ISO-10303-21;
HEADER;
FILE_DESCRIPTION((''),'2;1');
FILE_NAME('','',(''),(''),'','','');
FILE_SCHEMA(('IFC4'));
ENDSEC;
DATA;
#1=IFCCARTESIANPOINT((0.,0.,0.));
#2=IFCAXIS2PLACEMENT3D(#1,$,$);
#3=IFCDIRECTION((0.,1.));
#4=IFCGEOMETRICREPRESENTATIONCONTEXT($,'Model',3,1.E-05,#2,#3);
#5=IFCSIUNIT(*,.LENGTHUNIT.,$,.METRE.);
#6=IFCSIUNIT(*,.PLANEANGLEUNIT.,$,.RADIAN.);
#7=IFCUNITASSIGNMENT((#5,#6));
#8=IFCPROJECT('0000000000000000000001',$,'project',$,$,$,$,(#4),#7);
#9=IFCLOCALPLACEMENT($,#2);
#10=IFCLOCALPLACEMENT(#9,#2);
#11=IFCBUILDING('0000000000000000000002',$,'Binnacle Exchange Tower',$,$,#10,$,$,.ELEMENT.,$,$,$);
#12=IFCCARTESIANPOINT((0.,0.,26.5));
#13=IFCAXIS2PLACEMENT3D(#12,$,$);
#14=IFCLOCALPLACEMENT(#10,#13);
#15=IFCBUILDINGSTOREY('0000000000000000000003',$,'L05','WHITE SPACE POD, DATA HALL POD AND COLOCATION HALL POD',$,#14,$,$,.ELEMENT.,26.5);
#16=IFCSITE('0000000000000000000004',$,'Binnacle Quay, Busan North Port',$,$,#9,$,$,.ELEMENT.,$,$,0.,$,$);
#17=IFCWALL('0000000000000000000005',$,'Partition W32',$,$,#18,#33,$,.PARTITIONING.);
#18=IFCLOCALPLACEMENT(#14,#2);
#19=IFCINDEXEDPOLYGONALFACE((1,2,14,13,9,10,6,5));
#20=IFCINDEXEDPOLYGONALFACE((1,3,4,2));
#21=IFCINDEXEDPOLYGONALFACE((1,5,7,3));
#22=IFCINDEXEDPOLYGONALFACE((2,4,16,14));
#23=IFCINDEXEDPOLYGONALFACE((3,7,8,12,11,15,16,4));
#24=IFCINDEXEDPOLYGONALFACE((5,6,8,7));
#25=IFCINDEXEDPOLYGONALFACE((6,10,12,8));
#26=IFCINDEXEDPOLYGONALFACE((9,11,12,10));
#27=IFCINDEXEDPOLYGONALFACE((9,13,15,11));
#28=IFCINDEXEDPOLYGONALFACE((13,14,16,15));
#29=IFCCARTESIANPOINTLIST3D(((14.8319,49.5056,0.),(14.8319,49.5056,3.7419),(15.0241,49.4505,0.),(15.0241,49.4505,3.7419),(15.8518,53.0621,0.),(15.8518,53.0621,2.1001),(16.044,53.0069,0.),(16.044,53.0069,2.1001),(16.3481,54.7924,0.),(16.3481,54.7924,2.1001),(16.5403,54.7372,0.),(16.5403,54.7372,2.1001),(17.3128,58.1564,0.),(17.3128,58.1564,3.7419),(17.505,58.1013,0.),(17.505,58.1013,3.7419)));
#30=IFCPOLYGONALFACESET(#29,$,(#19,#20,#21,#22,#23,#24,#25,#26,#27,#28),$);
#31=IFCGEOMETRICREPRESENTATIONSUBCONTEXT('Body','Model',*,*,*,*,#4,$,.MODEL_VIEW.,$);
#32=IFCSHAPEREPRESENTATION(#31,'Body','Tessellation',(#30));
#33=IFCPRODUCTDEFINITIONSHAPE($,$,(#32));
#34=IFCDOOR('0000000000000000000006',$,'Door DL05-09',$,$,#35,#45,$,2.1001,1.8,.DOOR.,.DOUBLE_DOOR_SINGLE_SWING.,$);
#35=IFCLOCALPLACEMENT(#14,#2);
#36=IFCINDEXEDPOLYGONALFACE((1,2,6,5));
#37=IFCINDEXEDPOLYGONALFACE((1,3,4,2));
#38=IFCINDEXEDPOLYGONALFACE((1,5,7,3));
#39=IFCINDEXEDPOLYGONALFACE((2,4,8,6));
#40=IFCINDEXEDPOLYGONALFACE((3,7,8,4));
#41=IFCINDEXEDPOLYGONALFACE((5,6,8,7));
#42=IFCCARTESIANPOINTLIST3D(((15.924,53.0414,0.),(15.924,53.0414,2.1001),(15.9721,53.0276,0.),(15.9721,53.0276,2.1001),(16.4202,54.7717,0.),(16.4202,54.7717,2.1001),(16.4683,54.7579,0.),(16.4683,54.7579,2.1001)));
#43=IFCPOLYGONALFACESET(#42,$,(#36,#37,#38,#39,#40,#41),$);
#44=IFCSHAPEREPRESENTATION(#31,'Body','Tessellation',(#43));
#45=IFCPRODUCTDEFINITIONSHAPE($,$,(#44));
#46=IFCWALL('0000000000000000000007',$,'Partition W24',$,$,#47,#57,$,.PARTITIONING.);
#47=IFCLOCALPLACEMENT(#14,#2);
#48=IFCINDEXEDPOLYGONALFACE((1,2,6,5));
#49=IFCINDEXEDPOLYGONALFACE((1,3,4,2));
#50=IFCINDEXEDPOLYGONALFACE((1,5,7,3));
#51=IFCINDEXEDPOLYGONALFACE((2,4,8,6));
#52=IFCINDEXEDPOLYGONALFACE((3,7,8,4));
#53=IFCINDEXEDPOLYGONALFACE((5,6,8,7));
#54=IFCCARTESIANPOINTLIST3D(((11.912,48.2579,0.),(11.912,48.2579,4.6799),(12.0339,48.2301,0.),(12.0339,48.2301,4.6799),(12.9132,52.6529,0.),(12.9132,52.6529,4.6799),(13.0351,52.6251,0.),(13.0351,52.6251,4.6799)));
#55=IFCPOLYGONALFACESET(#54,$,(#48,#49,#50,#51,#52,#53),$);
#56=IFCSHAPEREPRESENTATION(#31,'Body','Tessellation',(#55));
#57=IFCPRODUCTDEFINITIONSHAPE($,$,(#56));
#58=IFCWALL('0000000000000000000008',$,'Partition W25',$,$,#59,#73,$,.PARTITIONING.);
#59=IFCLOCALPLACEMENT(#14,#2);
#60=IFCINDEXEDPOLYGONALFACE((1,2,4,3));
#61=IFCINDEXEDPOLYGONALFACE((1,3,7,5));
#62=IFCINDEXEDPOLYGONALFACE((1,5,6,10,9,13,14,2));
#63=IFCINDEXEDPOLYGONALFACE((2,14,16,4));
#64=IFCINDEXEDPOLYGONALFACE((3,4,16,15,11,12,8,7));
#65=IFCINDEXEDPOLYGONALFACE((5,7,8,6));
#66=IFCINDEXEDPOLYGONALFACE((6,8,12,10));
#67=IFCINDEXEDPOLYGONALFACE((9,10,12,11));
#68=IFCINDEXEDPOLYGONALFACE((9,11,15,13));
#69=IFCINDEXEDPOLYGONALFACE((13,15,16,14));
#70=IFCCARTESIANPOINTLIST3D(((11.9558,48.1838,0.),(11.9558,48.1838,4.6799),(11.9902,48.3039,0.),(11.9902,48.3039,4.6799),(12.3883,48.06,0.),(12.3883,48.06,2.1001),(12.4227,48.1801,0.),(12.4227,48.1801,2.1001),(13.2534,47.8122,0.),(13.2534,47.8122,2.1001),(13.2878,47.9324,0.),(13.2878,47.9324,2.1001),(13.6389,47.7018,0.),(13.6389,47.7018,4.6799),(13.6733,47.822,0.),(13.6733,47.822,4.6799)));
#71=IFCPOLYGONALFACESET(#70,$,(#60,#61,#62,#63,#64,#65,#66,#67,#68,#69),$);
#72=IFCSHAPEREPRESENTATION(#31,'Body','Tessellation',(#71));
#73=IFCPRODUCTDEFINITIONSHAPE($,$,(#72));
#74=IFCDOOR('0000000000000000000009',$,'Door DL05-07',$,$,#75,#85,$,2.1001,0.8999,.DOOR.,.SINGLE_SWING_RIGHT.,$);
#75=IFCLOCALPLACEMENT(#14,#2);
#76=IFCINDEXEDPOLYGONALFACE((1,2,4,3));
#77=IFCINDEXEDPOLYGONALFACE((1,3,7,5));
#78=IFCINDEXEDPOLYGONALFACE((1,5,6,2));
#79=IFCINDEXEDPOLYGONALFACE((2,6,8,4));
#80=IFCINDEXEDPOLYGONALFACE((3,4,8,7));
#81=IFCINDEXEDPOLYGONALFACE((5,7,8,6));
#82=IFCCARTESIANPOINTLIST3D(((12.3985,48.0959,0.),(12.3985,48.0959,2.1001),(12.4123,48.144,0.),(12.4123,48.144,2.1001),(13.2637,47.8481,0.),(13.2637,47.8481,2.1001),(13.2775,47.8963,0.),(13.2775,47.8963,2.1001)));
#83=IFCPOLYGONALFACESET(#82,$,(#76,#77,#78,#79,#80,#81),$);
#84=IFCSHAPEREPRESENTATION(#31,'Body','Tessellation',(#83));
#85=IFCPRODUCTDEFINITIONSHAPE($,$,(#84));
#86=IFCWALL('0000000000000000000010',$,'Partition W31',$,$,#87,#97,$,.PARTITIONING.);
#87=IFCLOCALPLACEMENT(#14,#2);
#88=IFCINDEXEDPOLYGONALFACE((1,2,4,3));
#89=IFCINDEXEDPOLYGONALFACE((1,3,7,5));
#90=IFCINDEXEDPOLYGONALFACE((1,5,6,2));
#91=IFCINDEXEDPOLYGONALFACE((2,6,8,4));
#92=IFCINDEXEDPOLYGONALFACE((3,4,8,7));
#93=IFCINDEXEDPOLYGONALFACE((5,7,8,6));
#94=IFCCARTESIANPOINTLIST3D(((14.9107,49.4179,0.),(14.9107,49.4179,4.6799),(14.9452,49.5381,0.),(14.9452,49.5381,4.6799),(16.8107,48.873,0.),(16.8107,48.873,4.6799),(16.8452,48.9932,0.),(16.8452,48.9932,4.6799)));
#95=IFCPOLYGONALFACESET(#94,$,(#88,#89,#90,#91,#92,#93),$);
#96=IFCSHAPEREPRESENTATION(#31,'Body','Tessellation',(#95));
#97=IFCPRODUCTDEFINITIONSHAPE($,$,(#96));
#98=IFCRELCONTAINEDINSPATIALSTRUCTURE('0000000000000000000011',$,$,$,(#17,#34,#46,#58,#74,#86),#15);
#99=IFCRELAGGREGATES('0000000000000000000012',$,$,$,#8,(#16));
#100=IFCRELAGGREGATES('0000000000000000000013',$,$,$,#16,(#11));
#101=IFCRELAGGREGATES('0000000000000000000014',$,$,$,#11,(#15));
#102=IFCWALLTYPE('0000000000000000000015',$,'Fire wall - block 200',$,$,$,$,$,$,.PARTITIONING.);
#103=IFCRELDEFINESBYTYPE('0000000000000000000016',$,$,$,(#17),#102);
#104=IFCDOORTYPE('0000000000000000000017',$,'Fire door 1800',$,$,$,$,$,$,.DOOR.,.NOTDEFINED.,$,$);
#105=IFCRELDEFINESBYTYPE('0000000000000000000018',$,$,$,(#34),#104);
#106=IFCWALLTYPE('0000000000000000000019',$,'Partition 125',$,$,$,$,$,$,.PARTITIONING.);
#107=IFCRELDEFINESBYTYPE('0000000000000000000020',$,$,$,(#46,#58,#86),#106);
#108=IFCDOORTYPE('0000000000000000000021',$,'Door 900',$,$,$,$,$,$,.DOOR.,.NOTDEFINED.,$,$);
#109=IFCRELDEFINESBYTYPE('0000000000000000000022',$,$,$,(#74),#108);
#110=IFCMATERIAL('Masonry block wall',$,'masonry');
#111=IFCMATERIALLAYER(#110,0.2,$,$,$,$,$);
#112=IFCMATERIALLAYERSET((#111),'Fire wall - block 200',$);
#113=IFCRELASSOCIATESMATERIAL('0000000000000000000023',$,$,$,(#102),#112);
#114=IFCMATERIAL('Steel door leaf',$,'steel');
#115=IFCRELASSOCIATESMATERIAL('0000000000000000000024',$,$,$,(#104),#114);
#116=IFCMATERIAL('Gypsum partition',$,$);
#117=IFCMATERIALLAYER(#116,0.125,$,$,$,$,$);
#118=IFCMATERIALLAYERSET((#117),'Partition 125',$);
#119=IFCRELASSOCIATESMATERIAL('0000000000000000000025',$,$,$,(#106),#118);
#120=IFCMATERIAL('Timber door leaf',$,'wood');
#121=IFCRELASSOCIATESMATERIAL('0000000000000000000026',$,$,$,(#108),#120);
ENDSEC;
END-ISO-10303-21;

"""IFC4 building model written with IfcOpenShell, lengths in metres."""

from ifc_helpers import new_model, si_unit, direction, frame, frame_2d, origin, place, context, subcontext, project, spatial, rectangle, extrude, material, layer, layer_set, type_object, element, fill, save


model = new_model("IFC4")

# Units and contexts
model_context = context("Model", 3, precision=1e-05, world=origin(), true_north=direction((0.0, 1.0)))
body_context = subcontext(model_context, "Body", "Model", "MODEL_VIEW")
ifc_project = project(units=[si_unit("LENGTHUNIT", "METRE"), si_unit("PLANEANGLEUNIT", "RADIAN")], contexts=[model_context])

# Site, building, storey
site_placement = place(None, origin())
site = spatial("IfcSite", under=ifc_project, at=site_placement, Name="Binnacle Quay, Busan North Port", CompositionType="ELEMENT", RefElevation=0.0)
building_placement = place(site_placement, origin())
building = spatial("IfcBuilding", under=site, at=building_placement, Name="Binnacle Exchange Tower", CompositionType="ELEMENT")
storey_placement = place(building_placement, frame((0.0, 0.0, 26.5)))
storey = spatial("IfcBuildingStorey", under=building, at=storey_placement, Name="L05", Description="WHITE SPACE POD, DATA HALL POD AND COLOCATION HALL POD", CompositionType="ELEMENT", Elevation=26.5)

# Shared definitions
ifc_material_1 = material(Name="Steel door leaf", Category="steel")

# Shared definitions
ifc_material_2 = material(Name="Masonry block wall", Category="masonry")
ifc_layer_1 = layer(ifc_material_2, 0.2)
ifc_layer_set_1 = layer_set([ifc_layer_1], Name="Fire wall - block 200")
wall_type_1 = type_object("IfcWallType", Name="Fire wall - block 200", PredefinedType="PARTITIONING", material=ifc_layer_set_1)

# Wall, opening, door
wall_1_placement = place(storey_placement, frame((14.928, 49.478, 0.0), z_axis=(0.0, 0.0, 1.0), x_axis=(0.275674, 0.961251, 0.0)))
wall_1 = element("IfcWall", 1, at=wall_1_placement, inside=storey, type_object=wall_type_1, Name="Partition W32", PredefinedType="PARTITIONING", context=body_context, shape_type="SweptSolid", body=[
    extrude(rectangle(XDim=8.9995, YDim=0.2, at=frame_2d((4.4998, 0.0))), origin(), (0.0, 0.0, 1.0), 3.7419),
])
opening_1_placement = place(wall_1_placement, frame((3.7, 0.0, 0.0)))
opening_1 = element("IfcOpeningElement", 2, at=opening_1_placement, cuts=wall_1, PredefinedType="OPENING", context=body_context, shape_type="SweptSolid", body=[
    extrude(rectangle(XDim=1.8, YDim=2.1001, at=frame_2d((0.8999, 1.05))), frame((0.0, 0.1099, 0.0), z_axis=(0.0, -1.0, 0.0), x_axis=(1.0, 0.0, 0.0)), (0.0, 0.0, 1.0), 0.22),
])
door_type_1 = type_object("IfcDoorType", Name="Fire door 1800", OperationType="NOTDEFINED", PredefinedType="DOOR", material=ifc_material_1)
door_1_placement = place(opening_1_placement, origin())
door_1 = element("IfcDoor", 3, at=door_1_placement, inside=storey, type_object=door_type_1, Name="Door DL05-09", OperationType="DOUBLE_DOOR_SINGLE_SWING", OverallHeight=2.1001, OverallWidth=1.8, PredefinedType="DOOR", context=body_context, shape_type="SweptSolid", body=[
    extrude(rectangle(XDim=1.8, YDim=2.1001, at=frame_2d((0.8999, 1.05))), frame((0.0, 0.0249, 0.0), z_axis=(0.0, -1.0, 0.0), x_axis=(1.0, 0.0, 0.0)), (0.0, 0.0, 1.0), 0.05),
])
fill(opening_1, door_1)

# Wall
ifc_material_3 = material(Name="Gypsum partition")
ifc_layer_2 = layer(ifc_material_3, 0.125)
ifc_layer_set_2 = layer_set([ifc_layer_2], Name="Partition 125")
wall_type_2 = type_object("IfcWallType", Name="Partition 125", PredefinedType="PARTITIONING", material=ifc_layer_set_2)
wall_2_placement = place(storey_placement, frame((11.9729, 48.2439, 0.0), z_axis=(0.0, 0.0, 1.0), x_axis=(0.222117, 0.97502, 0.0)))
element("IfcWall", 4, at=wall_2_placement, inside=storey, type_object=wall_type_2, Name="Partition W24", PredefinedType="PARTITIONING", context=body_context, shape_type="SweptSolid", body=[
    extrude(rectangle(XDim=4.5076, YDim=0.125, at=frame_2d((2.2539, 0.0))), origin(), (0.0, 0.0, 1.0), 4.6799),
])

# Wall, opening, door
wall_3_placement = place(storey_placement, frame((11.9729, 48.2439, 0.0), z_axis=(0.0, 0.0, 1.0), x_axis=(0.961366, -0.275274, 0.0)))
wall_3 = element("IfcWall", 5, at=wall_3_placement, inside=storey, type_object=wall_type_2, Name="Partition W25", PredefinedType="PARTITIONING", context=body_context, shape_type="SweptSolid", body=[
    extrude(rectangle(XDim=1.7507, YDim=0.125, at=frame_2d((0.8755, 0.0))), origin(), (0.0, 0.0, 1.0), 4.6799),
])
opening_2_placement = place(wall_3_placement, frame((0.45, 0.0, 0.0)))
opening_2 = element("IfcOpeningElement", 6, at=opening_2_placement, cuts=wall_3, PredefinedType="OPENING", context=body_context, shape_type="SweptSolid", body=[
    extrude(rectangle(XDim=0.8999, YDim=2.1001, at=frame_2d((0.45, 1.05))), frame((0.0, 0.0725, 0.0), z_axis=(0.0, -1.0, 0.0), x_axis=(1.0, 0.0, 0.0)), (0.0, 0.0, 1.0), 0.145),
])
ifc_material_4 = material(Name="Timber door leaf", Category="wood")
door_type_2 = type_object("IfcDoorType", Name="Door 900", OperationType="NOTDEFINED", PredefinedType="DOOR", material=ifc_material_4)
door_2_placement = place(opening_2_placement, origin())
door_2 = element("IfcDoor", 7, at=door_2_placement, inside=storey, type_object=door_type_2, Name="Door DL05-07", OperationType="SINGLE_SWING_RIGHT", OverallHeight=2.1001, OverallWidth=0.8999, PredefinedType="DOOR", context=body_context, shape_type="SweptSolid", body=[
    extrude(rectangle(XDim=0.8999, YDim=2.1001, at=frame_2d((0.45, 1.05))), frame((0.0, 0.0249, 0.0), z_axis=(0.0, -1.0, 0.0), x_axis=(1.0, 0.0, 0.0)), (0.0, 0.0, 1.0), 0.05),
])
fill(opening_2, door_2)

# Wall
wall_4_placement = place(storey_placement, frame((14.928, 49.478, 0.0), z_axis=(0.0, 0.0, 1.0), x_axis=(0.961244, -0.2757, 0.0)))
element("IfcWall", 8, at=wall_4_placement, inside=storey, type_object=wall_type_2, Name="Partition W31", PredefinedType="PARTITIONING", context=body_context, shape_type="SweptSolid", body=[
    extrude(rectangle(XDim=1.9766, YDim=0.125, at=frame_2d((0.9883, 0.0))), origin(), (0.0, 0.0, 1.0), 4.6799),
])

save(model, "model.ifc")
